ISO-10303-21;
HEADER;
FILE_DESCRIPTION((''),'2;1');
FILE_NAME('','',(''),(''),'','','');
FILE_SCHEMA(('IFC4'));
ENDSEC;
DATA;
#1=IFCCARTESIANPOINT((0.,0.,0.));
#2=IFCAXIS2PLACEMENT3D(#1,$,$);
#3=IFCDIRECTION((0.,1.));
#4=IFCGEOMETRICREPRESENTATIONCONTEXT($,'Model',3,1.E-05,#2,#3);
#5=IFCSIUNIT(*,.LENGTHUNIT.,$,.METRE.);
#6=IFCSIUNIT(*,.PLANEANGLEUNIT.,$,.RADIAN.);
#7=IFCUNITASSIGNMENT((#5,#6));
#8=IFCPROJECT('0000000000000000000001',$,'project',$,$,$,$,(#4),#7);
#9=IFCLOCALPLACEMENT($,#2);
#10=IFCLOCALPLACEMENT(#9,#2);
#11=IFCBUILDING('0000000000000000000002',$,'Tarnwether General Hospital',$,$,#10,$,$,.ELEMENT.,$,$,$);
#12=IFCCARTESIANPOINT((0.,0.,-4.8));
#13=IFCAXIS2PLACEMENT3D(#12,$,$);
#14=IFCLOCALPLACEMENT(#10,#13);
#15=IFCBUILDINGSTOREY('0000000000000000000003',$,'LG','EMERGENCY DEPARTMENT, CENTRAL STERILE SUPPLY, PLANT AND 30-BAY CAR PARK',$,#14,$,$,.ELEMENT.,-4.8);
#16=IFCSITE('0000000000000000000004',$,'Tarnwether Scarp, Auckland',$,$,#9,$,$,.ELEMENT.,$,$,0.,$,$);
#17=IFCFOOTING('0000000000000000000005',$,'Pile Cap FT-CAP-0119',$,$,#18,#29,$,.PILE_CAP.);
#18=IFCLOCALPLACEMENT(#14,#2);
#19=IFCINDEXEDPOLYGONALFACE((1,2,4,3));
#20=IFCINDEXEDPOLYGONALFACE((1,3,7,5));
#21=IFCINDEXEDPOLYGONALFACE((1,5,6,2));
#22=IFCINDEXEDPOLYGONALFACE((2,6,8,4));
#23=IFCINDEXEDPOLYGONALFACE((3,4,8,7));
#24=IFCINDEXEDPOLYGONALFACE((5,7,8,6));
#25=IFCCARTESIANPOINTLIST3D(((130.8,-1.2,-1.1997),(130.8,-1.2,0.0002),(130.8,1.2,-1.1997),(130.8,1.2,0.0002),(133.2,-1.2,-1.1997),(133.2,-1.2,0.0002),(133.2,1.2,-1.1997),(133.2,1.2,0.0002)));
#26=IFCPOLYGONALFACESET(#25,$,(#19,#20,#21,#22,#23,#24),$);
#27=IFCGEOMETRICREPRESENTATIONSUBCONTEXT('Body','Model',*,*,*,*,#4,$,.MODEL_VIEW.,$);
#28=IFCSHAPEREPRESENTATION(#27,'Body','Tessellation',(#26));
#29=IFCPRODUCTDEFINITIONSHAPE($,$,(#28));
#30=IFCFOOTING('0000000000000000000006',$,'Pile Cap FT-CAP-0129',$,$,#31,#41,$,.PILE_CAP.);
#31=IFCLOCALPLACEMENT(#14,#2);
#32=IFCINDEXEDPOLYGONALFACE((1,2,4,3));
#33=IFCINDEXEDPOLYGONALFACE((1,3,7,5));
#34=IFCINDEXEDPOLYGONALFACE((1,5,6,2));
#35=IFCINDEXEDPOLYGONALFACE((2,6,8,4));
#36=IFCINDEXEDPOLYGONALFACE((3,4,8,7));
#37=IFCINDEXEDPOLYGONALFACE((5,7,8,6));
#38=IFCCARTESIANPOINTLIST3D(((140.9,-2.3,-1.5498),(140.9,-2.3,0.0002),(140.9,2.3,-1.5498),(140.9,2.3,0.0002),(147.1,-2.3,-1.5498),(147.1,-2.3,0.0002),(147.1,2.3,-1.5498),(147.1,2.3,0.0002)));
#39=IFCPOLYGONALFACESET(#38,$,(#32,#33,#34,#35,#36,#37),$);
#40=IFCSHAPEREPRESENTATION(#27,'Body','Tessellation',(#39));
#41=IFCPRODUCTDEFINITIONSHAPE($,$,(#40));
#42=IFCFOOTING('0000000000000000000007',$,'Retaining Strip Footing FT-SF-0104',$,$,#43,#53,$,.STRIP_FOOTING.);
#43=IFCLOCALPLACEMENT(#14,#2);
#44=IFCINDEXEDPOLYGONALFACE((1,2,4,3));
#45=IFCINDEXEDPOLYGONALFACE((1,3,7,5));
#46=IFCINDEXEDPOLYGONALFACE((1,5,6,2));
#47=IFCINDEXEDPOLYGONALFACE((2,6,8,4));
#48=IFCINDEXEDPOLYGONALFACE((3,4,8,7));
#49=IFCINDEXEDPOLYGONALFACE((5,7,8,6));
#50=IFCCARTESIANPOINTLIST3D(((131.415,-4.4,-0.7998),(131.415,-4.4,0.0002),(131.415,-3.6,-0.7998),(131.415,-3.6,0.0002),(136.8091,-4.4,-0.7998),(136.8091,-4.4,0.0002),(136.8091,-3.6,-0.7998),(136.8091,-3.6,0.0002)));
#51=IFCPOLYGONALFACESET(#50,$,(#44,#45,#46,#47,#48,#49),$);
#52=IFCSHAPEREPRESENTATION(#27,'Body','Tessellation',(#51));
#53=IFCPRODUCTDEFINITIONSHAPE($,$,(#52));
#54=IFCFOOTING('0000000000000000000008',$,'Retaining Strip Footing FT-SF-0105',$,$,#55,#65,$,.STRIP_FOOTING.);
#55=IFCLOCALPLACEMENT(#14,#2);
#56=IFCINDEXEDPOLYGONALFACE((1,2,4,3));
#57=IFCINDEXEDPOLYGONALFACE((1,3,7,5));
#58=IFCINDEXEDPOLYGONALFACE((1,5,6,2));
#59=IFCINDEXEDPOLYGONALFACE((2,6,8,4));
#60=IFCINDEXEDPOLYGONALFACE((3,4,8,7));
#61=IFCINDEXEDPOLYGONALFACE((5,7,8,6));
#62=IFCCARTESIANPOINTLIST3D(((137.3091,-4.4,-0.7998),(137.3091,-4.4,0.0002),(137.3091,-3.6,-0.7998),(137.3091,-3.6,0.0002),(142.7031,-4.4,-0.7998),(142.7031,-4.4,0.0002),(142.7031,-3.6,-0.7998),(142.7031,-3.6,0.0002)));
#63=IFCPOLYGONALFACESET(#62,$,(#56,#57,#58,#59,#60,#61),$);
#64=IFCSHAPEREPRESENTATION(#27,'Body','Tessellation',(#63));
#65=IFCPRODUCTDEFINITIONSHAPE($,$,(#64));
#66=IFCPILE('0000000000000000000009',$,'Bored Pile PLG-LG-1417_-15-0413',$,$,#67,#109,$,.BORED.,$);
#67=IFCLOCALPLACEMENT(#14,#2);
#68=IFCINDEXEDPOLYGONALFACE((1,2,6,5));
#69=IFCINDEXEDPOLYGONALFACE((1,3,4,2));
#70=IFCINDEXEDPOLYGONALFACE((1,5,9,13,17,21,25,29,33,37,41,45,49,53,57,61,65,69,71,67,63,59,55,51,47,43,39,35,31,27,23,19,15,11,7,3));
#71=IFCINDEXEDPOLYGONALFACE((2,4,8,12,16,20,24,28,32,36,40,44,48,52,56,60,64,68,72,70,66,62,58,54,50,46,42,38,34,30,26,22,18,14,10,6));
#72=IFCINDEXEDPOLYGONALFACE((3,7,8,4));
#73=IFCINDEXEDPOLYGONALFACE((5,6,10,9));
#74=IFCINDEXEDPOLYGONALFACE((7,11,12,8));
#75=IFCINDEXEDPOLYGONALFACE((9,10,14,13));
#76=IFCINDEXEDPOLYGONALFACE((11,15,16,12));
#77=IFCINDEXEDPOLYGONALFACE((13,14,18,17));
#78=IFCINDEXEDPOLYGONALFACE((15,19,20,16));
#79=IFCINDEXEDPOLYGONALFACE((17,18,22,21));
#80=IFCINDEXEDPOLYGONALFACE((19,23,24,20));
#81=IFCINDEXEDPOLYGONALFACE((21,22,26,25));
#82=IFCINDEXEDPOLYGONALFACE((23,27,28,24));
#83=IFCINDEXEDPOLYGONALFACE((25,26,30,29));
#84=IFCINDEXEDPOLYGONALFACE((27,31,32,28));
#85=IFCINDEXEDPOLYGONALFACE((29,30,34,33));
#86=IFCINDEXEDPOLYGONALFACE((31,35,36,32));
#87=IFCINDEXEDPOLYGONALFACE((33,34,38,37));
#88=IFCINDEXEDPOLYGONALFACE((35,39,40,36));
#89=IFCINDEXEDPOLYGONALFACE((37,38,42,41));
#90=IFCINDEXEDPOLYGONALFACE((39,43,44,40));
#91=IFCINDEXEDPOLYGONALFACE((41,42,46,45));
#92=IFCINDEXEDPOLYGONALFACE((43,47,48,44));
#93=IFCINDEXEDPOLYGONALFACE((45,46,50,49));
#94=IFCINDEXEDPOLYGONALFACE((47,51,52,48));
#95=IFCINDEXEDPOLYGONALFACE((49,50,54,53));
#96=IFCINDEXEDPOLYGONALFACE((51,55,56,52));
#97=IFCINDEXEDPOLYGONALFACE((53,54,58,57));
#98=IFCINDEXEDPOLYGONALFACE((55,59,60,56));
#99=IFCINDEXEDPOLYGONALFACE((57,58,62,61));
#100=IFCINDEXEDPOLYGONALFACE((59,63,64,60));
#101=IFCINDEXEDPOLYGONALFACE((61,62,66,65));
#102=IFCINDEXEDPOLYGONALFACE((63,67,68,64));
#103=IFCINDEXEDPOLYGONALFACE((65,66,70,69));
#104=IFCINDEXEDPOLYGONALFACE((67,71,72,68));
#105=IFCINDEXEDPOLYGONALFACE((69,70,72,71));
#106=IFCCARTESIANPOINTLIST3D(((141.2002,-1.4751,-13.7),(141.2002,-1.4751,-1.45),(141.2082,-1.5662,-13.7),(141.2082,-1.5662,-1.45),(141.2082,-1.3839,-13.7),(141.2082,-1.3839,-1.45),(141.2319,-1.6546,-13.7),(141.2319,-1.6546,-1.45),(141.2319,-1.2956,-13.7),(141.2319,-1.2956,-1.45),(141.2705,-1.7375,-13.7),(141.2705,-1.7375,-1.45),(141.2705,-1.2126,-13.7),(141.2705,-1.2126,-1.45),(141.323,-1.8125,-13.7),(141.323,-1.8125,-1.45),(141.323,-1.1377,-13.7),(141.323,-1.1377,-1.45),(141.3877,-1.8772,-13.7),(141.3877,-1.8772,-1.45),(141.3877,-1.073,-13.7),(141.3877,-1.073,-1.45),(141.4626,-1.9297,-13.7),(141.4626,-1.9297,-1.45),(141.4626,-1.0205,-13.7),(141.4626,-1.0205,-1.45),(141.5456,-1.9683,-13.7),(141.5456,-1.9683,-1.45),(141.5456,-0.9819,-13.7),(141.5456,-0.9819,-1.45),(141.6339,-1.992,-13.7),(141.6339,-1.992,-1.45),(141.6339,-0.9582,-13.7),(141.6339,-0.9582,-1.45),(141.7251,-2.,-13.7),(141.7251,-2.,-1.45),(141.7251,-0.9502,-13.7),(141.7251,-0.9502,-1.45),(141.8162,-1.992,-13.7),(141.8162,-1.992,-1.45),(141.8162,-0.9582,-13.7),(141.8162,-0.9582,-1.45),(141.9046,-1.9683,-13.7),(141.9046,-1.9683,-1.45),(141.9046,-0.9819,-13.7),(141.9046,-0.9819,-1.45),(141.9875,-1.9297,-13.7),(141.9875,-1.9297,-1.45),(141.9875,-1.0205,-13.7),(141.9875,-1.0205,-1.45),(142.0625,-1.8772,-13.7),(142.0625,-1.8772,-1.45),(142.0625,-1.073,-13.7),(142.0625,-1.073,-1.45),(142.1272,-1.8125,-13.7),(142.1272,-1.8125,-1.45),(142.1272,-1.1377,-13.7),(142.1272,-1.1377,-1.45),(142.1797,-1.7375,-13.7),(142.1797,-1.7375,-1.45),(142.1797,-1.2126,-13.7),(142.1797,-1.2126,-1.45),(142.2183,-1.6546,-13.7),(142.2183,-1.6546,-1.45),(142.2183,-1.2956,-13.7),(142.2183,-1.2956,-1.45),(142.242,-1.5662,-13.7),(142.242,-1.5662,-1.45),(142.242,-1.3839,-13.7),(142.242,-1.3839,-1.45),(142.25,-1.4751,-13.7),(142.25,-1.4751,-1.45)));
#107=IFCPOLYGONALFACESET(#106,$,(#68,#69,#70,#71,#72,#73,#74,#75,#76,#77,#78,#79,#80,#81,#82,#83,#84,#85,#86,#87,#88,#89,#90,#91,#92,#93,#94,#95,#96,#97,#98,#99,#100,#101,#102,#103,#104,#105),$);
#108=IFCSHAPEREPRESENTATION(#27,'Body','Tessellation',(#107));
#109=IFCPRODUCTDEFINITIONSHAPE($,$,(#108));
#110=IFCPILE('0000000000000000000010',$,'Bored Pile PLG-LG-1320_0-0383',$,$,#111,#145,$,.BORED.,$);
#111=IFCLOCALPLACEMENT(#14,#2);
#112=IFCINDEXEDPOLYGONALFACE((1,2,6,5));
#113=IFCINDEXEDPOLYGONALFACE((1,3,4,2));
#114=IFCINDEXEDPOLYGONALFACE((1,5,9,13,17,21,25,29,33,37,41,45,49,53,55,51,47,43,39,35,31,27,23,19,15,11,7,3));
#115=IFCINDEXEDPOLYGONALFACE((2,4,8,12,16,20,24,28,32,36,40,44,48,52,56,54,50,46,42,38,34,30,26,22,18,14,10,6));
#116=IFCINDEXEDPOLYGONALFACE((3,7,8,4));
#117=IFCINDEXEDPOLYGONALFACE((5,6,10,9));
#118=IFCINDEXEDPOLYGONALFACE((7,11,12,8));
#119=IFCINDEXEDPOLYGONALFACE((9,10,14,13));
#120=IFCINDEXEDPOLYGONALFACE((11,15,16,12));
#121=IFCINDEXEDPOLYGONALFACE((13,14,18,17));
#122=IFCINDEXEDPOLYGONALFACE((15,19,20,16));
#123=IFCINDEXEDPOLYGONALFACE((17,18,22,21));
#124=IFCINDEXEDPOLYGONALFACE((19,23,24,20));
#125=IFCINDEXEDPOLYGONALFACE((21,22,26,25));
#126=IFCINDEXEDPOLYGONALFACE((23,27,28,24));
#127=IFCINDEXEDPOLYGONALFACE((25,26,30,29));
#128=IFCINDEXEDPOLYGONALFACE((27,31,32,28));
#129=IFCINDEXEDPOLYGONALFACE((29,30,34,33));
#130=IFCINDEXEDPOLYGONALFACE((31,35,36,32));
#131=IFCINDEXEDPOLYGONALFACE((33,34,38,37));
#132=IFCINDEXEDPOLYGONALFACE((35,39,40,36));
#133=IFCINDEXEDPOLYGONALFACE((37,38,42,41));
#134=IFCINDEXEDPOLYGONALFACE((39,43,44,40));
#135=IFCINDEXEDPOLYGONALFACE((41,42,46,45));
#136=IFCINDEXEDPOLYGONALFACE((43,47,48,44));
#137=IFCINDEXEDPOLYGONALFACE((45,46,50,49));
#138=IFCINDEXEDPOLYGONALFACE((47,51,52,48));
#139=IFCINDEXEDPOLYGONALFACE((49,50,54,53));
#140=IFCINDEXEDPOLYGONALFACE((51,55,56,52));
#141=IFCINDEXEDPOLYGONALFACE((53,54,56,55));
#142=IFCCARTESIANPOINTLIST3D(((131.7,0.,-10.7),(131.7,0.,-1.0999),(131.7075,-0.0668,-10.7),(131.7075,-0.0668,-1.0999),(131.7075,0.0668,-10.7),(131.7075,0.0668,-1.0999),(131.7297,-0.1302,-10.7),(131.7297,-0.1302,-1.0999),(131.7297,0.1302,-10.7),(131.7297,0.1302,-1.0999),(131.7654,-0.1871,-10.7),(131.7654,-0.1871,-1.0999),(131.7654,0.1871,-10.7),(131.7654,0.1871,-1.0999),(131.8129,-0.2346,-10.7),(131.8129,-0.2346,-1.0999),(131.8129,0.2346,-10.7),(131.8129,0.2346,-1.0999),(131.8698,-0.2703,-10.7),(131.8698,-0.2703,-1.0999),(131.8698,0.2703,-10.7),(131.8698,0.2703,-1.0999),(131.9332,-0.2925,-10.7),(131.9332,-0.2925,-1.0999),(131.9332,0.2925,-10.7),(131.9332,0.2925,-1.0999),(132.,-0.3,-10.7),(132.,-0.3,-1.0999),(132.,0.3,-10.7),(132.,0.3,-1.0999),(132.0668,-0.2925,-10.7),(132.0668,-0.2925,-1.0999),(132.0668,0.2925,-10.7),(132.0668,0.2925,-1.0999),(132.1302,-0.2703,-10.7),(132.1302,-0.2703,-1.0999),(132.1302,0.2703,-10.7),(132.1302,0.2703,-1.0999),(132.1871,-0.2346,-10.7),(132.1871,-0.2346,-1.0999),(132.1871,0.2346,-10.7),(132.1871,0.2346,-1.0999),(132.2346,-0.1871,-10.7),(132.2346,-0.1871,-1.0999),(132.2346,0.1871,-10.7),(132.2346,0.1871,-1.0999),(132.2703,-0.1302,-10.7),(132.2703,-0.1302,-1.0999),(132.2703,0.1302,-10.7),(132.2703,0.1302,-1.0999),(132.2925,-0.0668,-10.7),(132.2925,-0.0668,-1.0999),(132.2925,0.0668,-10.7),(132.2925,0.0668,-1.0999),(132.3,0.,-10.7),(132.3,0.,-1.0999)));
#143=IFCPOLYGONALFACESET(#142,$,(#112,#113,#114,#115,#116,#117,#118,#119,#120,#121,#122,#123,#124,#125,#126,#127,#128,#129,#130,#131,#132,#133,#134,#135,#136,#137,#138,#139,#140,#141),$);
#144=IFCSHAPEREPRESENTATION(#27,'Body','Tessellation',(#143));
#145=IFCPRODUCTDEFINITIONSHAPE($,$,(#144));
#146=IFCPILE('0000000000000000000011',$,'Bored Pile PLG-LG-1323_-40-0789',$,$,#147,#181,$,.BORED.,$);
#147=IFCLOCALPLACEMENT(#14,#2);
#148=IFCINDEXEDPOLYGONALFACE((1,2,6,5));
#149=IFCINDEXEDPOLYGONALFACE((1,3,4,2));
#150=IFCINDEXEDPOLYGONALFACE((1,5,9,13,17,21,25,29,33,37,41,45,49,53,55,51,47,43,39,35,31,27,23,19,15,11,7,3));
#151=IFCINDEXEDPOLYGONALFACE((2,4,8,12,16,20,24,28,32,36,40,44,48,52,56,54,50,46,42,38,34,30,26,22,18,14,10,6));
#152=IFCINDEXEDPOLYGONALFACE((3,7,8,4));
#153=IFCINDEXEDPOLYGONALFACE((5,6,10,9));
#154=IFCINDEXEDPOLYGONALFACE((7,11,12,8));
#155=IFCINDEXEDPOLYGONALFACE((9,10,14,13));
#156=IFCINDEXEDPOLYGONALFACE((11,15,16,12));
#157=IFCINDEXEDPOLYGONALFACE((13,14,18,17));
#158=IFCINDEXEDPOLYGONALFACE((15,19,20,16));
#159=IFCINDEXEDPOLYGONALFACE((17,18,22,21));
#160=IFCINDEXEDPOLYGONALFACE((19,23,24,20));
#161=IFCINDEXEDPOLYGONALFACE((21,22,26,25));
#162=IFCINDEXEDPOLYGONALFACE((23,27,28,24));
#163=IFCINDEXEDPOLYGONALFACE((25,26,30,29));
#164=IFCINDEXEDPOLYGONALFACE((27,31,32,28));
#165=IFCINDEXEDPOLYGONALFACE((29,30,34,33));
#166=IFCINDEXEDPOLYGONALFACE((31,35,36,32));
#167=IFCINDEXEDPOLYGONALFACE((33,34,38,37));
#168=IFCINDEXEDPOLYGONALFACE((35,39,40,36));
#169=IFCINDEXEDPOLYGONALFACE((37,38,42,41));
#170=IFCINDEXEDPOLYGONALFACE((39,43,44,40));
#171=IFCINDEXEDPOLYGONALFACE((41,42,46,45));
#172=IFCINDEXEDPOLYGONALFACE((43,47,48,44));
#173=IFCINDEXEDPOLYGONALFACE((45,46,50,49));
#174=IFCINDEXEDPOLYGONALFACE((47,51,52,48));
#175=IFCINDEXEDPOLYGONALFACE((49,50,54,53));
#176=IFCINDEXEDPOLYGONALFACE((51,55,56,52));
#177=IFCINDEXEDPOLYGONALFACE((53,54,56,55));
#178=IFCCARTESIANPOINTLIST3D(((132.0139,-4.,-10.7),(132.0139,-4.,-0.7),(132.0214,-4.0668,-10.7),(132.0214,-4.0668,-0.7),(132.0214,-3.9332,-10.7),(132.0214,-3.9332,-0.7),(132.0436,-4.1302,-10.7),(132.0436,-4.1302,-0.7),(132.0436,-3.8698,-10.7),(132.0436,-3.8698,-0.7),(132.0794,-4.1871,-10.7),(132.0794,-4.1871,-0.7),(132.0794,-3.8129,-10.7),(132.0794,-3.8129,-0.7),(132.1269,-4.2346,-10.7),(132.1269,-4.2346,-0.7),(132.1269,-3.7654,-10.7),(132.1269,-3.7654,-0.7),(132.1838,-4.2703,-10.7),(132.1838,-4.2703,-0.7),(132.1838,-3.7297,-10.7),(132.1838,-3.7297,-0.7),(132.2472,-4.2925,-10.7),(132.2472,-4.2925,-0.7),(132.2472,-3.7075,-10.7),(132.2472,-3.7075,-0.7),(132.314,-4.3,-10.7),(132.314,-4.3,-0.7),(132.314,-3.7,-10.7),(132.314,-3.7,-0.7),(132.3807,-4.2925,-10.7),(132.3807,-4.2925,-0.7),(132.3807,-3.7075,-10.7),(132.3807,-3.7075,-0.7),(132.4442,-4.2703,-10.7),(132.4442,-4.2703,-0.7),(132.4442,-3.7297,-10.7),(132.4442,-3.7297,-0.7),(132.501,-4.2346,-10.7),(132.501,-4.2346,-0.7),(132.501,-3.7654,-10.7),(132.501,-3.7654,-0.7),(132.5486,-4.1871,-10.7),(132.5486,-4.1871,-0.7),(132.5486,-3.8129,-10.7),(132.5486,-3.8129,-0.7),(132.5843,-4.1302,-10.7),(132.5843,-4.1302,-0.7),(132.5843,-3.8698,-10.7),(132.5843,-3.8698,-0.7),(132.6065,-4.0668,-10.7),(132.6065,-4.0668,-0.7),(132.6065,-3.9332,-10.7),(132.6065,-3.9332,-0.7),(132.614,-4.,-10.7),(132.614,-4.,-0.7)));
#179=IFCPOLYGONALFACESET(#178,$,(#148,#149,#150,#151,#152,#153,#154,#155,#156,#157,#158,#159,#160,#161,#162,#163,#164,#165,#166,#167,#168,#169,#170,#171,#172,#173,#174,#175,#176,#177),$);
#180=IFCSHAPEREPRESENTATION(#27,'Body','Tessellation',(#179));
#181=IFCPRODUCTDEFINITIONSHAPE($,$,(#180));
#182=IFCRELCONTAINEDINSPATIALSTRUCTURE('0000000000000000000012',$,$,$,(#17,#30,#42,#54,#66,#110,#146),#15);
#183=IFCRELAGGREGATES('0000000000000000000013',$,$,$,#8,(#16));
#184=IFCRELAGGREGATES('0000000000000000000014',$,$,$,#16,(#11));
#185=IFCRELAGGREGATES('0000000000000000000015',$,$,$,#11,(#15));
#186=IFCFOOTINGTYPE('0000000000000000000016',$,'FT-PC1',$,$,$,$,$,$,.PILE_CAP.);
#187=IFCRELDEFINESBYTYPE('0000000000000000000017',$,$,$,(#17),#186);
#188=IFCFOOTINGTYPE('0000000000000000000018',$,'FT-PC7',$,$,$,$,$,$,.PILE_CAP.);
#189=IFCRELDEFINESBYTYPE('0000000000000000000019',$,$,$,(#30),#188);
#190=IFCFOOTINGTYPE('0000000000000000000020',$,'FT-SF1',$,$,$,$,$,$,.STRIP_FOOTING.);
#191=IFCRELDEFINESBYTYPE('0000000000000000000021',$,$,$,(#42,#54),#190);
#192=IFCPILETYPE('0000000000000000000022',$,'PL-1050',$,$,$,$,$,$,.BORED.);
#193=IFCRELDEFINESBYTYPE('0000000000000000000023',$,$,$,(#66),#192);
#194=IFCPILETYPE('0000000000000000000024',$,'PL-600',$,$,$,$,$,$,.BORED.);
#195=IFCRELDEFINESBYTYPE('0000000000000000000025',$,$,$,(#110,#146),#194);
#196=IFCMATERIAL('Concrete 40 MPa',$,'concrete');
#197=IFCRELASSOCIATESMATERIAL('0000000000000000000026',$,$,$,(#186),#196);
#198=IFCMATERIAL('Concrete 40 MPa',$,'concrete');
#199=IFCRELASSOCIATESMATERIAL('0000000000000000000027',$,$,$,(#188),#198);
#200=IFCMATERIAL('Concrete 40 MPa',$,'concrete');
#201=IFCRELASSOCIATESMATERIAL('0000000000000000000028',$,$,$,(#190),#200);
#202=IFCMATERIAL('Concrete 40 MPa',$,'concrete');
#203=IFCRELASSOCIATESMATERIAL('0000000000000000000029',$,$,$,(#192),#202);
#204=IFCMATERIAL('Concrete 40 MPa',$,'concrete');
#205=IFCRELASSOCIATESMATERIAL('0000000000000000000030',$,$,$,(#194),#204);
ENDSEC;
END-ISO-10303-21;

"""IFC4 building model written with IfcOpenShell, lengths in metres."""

from ifc_helpers import new_model, si_unit, direction, frame, origin, origin_2d, place, context, subcontext, project, spatial, rectangle, circle, extrude, material, material_profile, profile_set, type_object, element, save


model = new_model("IFC4")

# Units and contexts
model_context = context("Model", 3, precision=1e-05, world=origin(), true_north=direction((0.0, 1.0)))
body_context = subcontext(model_context, "Body", "Model", "MODEL_VIEW")
ifc_project = project(units=[si_unit("LENGTHUNIT", "METRE"), si_unit("PLANEANGLEUNIT", "RADIAN")], contexts=[model_context])

# Site, building, storey
site_placement = place(None, origin())
site = spatial("IfcSite", under=ifc_project, at=site_placement, Name="Tarnwether Scarp, Auckland", CompositionType="ELEMENT", RefElevation=0.0)
building_placement = place(site_placement, origin())
building = spatial("IfcBuilding", under=site, at=building_placement, Name="Tarnwether General Hospital", CompositionType="ELEMENT")
storey_placement = place(building_placement, frame((0.0, 0.0, -4.8)))
storey = spatial("IfcBuildingStorey", under=building, at=storey_placement, Name="LG", Description="EMERGENCY DEPARTMENT, CENTRAL STERILE SUPPLY, PLANT AND 30-BAY CAR PARK", CompositionType="ELEMENT", Elevation=-4.8)

# Footings
ifc_material_1 = material(Name="Concrete 40 MPa", Category="concrete")
footing_type_1 = type_object("IfcFootingType", Name="FT-PC1", PredefinedType="PILE_CAP", material=ifc_material_1)
footing_1_placement = place(storey_placement, frame((132.0, 0.0, -1.1997), z_axis=(0.0, 0.0, 1.0), x_axis=(0.0, 1.0, 0.0)))
element("IfcFooting", 1, at=footing_1_placement, inside=storey, type_object=footing_type_1, Name="Pile Cap FT-CAP-0119", PredefinedType="PILE_CAP", context=body_context, shape_type="SweptSolid", body=[
    extrude(rectangle(XDim=2.3999, YDim=2.3999, at=origin_2d()), origin(), (0.0, 0.0, 1.0), 1.2),
])
ifc_material_2 = material(Name="Concrete 40 MPa", Category="concrete")
footing_type_2 = type_object("IfcFootingType", Name="FT-PC7", PredefinedType="PILE_CAP", material=ifc_material_2)
footing_2_placement = place(storey_placement, frame((144.0, 0.0, -1.5498), z_axis=(0.0, 0.0, 1.0), x_axis=(1.0, 0.0, 0.0)))
element("IfcFooting", 2, at=footing_2_placement, inside=storey, type_object=footing_type_2, Name="Pile Cap FT-CAP-0129", PredefinedType="PILE_CAP", context=body_context, shape_type="SweptSolid", body=[
    extrude(rectangle(XDim=6.2, YDim=4.6001, at=origin_2d()), origin(), (0.0, 0.0, 1.0), 1.55),
])
ifc_material_3 = material(Name="Concrete 40 MPa", Category="concrete")
footing_type_3 = type_object("IfcFootingType", Name="FT-SF1", PredefinedType="STRIP_FOOTING", material=ifc_material_3)
for number, where, z_axis, x_axis, name in (
    (3, (134.1121, -4.0, -0.7998), (0.0, 0.0, 1.0), (1.0, 0.0, 0.0), "Retaining Strip Footing FT-SF-0104"),
    (4, (140.0061, -4.0, -0.7998), (0.0, 0.0, 1.0), (1.0, 0.0, 0.0), "Retaining Strip Footing FT-SF-0105"),
):
    element("IfcFooting", number, at=place(storey_placement, frame(where, z_axis=z_axis, x_axis=x_axis)), inside=storey, type_object=footing_type_3, Name=name, PredefinedType="STRIP_FOOTING", context=body_context, shape_type="SweptSolid", body=[
        extrude(rectangle(XDim=5.394, YDim=0.8, at=origin_2d()), origin(), (0.0, 0.0, 1.0), 0.8),
    ])

# Piles
ifc_material_4 = material(Name="Concrete 40 MPa", Category="concrete")
ifc_material_profile_1 = material_profile(ifc_material_4, circle(Radius=0.5249, at=origin_2d()), Name="PILE-D1050")
ifc_profile_set_1 = profile_set([ifc_material_profile_1], Name="Concrete 40 MPa")
pile_type_1 = type_object("IfcPileType", Name="PL-1050", PredefinedType="BORED", material=ifc_profile_set_1)
pile_1_placement = place(storey_placement, frame((141.7251, -1.4751, -1.45), z_axis=(0.0, 0.0, -1.0), x_axis=(1.0, 0.0, 0.0)))
element("IfcPile", 5, at=pile_1_placement, inside=storey, type_object=pile_type_1, Name="Bored Pile PLG-LG-1417_-15-0413", PredefinedType="BORED", context=body_context, shape_type="SweptSolid", body=[
    extrude(circle(Radius=0.5249, at=origin_2d()), origin(), (0.0, 0.0, 1.0), 12.25),
])
ifc_material_5 = material(Name="Concrete 40 MPa", Category="concrete")
ifc_material_profile_2 = material_profile(ifc_material_5, circle(Radius=0.3, at=origin_2d()), Name="PILE-D600")
ifc_profile_set_2 = profile_set([ifc_material_profile_2], Name="Concrete 40 MPa")
pile_type_2 = type_object("IfcPileType", Name="PL-600", PredefinedType="BORED", material=ifc_profile_set_2)
pile_2_placement = place(storey_placement, frame((132.0, 0.0, -1.0999), z_axis=(0.0, 0.0, -1.0), x_axis=(1.0, 0.0, 0.0)))
element("IfcPile", 6, at=pile_2_placement, inside=storey, type_object=pile_type_2, Name="Bored Pile PLG-LG-1320_0-0383", PredefinedType="BORED", context=body_context, shape_type="SweptSolid", body=[
    extrude(circle(Radius=0.3, at=origin_2d()), origin(), (0.0, 0.0, 1.0), 9.6001),
])
for number, where, z_axis, x_axis, name in (
    (7, (132.314, -4.0, -0.7), (0.0, 0.0, -1.0), (1.0, 0.0, 0.0), "Bored Pile PLG-LG-1323_-40-0789"),
):
    element("IfcPile", number, at=place(storey_placement, frame(where, z_axis=z_axis, x_axis=x_axis)), inside=storey, type_object=pile_type_2, Name=name, PredefinedType="BORED", context=body_context, shape_type="SweptSolid", body=[
        extrude(circle(Radius=0.3, at=origin_2d()), origin(), (0.0, 0.0, 1.0), 10.0),
    ])

save(model, "model.ifc")
